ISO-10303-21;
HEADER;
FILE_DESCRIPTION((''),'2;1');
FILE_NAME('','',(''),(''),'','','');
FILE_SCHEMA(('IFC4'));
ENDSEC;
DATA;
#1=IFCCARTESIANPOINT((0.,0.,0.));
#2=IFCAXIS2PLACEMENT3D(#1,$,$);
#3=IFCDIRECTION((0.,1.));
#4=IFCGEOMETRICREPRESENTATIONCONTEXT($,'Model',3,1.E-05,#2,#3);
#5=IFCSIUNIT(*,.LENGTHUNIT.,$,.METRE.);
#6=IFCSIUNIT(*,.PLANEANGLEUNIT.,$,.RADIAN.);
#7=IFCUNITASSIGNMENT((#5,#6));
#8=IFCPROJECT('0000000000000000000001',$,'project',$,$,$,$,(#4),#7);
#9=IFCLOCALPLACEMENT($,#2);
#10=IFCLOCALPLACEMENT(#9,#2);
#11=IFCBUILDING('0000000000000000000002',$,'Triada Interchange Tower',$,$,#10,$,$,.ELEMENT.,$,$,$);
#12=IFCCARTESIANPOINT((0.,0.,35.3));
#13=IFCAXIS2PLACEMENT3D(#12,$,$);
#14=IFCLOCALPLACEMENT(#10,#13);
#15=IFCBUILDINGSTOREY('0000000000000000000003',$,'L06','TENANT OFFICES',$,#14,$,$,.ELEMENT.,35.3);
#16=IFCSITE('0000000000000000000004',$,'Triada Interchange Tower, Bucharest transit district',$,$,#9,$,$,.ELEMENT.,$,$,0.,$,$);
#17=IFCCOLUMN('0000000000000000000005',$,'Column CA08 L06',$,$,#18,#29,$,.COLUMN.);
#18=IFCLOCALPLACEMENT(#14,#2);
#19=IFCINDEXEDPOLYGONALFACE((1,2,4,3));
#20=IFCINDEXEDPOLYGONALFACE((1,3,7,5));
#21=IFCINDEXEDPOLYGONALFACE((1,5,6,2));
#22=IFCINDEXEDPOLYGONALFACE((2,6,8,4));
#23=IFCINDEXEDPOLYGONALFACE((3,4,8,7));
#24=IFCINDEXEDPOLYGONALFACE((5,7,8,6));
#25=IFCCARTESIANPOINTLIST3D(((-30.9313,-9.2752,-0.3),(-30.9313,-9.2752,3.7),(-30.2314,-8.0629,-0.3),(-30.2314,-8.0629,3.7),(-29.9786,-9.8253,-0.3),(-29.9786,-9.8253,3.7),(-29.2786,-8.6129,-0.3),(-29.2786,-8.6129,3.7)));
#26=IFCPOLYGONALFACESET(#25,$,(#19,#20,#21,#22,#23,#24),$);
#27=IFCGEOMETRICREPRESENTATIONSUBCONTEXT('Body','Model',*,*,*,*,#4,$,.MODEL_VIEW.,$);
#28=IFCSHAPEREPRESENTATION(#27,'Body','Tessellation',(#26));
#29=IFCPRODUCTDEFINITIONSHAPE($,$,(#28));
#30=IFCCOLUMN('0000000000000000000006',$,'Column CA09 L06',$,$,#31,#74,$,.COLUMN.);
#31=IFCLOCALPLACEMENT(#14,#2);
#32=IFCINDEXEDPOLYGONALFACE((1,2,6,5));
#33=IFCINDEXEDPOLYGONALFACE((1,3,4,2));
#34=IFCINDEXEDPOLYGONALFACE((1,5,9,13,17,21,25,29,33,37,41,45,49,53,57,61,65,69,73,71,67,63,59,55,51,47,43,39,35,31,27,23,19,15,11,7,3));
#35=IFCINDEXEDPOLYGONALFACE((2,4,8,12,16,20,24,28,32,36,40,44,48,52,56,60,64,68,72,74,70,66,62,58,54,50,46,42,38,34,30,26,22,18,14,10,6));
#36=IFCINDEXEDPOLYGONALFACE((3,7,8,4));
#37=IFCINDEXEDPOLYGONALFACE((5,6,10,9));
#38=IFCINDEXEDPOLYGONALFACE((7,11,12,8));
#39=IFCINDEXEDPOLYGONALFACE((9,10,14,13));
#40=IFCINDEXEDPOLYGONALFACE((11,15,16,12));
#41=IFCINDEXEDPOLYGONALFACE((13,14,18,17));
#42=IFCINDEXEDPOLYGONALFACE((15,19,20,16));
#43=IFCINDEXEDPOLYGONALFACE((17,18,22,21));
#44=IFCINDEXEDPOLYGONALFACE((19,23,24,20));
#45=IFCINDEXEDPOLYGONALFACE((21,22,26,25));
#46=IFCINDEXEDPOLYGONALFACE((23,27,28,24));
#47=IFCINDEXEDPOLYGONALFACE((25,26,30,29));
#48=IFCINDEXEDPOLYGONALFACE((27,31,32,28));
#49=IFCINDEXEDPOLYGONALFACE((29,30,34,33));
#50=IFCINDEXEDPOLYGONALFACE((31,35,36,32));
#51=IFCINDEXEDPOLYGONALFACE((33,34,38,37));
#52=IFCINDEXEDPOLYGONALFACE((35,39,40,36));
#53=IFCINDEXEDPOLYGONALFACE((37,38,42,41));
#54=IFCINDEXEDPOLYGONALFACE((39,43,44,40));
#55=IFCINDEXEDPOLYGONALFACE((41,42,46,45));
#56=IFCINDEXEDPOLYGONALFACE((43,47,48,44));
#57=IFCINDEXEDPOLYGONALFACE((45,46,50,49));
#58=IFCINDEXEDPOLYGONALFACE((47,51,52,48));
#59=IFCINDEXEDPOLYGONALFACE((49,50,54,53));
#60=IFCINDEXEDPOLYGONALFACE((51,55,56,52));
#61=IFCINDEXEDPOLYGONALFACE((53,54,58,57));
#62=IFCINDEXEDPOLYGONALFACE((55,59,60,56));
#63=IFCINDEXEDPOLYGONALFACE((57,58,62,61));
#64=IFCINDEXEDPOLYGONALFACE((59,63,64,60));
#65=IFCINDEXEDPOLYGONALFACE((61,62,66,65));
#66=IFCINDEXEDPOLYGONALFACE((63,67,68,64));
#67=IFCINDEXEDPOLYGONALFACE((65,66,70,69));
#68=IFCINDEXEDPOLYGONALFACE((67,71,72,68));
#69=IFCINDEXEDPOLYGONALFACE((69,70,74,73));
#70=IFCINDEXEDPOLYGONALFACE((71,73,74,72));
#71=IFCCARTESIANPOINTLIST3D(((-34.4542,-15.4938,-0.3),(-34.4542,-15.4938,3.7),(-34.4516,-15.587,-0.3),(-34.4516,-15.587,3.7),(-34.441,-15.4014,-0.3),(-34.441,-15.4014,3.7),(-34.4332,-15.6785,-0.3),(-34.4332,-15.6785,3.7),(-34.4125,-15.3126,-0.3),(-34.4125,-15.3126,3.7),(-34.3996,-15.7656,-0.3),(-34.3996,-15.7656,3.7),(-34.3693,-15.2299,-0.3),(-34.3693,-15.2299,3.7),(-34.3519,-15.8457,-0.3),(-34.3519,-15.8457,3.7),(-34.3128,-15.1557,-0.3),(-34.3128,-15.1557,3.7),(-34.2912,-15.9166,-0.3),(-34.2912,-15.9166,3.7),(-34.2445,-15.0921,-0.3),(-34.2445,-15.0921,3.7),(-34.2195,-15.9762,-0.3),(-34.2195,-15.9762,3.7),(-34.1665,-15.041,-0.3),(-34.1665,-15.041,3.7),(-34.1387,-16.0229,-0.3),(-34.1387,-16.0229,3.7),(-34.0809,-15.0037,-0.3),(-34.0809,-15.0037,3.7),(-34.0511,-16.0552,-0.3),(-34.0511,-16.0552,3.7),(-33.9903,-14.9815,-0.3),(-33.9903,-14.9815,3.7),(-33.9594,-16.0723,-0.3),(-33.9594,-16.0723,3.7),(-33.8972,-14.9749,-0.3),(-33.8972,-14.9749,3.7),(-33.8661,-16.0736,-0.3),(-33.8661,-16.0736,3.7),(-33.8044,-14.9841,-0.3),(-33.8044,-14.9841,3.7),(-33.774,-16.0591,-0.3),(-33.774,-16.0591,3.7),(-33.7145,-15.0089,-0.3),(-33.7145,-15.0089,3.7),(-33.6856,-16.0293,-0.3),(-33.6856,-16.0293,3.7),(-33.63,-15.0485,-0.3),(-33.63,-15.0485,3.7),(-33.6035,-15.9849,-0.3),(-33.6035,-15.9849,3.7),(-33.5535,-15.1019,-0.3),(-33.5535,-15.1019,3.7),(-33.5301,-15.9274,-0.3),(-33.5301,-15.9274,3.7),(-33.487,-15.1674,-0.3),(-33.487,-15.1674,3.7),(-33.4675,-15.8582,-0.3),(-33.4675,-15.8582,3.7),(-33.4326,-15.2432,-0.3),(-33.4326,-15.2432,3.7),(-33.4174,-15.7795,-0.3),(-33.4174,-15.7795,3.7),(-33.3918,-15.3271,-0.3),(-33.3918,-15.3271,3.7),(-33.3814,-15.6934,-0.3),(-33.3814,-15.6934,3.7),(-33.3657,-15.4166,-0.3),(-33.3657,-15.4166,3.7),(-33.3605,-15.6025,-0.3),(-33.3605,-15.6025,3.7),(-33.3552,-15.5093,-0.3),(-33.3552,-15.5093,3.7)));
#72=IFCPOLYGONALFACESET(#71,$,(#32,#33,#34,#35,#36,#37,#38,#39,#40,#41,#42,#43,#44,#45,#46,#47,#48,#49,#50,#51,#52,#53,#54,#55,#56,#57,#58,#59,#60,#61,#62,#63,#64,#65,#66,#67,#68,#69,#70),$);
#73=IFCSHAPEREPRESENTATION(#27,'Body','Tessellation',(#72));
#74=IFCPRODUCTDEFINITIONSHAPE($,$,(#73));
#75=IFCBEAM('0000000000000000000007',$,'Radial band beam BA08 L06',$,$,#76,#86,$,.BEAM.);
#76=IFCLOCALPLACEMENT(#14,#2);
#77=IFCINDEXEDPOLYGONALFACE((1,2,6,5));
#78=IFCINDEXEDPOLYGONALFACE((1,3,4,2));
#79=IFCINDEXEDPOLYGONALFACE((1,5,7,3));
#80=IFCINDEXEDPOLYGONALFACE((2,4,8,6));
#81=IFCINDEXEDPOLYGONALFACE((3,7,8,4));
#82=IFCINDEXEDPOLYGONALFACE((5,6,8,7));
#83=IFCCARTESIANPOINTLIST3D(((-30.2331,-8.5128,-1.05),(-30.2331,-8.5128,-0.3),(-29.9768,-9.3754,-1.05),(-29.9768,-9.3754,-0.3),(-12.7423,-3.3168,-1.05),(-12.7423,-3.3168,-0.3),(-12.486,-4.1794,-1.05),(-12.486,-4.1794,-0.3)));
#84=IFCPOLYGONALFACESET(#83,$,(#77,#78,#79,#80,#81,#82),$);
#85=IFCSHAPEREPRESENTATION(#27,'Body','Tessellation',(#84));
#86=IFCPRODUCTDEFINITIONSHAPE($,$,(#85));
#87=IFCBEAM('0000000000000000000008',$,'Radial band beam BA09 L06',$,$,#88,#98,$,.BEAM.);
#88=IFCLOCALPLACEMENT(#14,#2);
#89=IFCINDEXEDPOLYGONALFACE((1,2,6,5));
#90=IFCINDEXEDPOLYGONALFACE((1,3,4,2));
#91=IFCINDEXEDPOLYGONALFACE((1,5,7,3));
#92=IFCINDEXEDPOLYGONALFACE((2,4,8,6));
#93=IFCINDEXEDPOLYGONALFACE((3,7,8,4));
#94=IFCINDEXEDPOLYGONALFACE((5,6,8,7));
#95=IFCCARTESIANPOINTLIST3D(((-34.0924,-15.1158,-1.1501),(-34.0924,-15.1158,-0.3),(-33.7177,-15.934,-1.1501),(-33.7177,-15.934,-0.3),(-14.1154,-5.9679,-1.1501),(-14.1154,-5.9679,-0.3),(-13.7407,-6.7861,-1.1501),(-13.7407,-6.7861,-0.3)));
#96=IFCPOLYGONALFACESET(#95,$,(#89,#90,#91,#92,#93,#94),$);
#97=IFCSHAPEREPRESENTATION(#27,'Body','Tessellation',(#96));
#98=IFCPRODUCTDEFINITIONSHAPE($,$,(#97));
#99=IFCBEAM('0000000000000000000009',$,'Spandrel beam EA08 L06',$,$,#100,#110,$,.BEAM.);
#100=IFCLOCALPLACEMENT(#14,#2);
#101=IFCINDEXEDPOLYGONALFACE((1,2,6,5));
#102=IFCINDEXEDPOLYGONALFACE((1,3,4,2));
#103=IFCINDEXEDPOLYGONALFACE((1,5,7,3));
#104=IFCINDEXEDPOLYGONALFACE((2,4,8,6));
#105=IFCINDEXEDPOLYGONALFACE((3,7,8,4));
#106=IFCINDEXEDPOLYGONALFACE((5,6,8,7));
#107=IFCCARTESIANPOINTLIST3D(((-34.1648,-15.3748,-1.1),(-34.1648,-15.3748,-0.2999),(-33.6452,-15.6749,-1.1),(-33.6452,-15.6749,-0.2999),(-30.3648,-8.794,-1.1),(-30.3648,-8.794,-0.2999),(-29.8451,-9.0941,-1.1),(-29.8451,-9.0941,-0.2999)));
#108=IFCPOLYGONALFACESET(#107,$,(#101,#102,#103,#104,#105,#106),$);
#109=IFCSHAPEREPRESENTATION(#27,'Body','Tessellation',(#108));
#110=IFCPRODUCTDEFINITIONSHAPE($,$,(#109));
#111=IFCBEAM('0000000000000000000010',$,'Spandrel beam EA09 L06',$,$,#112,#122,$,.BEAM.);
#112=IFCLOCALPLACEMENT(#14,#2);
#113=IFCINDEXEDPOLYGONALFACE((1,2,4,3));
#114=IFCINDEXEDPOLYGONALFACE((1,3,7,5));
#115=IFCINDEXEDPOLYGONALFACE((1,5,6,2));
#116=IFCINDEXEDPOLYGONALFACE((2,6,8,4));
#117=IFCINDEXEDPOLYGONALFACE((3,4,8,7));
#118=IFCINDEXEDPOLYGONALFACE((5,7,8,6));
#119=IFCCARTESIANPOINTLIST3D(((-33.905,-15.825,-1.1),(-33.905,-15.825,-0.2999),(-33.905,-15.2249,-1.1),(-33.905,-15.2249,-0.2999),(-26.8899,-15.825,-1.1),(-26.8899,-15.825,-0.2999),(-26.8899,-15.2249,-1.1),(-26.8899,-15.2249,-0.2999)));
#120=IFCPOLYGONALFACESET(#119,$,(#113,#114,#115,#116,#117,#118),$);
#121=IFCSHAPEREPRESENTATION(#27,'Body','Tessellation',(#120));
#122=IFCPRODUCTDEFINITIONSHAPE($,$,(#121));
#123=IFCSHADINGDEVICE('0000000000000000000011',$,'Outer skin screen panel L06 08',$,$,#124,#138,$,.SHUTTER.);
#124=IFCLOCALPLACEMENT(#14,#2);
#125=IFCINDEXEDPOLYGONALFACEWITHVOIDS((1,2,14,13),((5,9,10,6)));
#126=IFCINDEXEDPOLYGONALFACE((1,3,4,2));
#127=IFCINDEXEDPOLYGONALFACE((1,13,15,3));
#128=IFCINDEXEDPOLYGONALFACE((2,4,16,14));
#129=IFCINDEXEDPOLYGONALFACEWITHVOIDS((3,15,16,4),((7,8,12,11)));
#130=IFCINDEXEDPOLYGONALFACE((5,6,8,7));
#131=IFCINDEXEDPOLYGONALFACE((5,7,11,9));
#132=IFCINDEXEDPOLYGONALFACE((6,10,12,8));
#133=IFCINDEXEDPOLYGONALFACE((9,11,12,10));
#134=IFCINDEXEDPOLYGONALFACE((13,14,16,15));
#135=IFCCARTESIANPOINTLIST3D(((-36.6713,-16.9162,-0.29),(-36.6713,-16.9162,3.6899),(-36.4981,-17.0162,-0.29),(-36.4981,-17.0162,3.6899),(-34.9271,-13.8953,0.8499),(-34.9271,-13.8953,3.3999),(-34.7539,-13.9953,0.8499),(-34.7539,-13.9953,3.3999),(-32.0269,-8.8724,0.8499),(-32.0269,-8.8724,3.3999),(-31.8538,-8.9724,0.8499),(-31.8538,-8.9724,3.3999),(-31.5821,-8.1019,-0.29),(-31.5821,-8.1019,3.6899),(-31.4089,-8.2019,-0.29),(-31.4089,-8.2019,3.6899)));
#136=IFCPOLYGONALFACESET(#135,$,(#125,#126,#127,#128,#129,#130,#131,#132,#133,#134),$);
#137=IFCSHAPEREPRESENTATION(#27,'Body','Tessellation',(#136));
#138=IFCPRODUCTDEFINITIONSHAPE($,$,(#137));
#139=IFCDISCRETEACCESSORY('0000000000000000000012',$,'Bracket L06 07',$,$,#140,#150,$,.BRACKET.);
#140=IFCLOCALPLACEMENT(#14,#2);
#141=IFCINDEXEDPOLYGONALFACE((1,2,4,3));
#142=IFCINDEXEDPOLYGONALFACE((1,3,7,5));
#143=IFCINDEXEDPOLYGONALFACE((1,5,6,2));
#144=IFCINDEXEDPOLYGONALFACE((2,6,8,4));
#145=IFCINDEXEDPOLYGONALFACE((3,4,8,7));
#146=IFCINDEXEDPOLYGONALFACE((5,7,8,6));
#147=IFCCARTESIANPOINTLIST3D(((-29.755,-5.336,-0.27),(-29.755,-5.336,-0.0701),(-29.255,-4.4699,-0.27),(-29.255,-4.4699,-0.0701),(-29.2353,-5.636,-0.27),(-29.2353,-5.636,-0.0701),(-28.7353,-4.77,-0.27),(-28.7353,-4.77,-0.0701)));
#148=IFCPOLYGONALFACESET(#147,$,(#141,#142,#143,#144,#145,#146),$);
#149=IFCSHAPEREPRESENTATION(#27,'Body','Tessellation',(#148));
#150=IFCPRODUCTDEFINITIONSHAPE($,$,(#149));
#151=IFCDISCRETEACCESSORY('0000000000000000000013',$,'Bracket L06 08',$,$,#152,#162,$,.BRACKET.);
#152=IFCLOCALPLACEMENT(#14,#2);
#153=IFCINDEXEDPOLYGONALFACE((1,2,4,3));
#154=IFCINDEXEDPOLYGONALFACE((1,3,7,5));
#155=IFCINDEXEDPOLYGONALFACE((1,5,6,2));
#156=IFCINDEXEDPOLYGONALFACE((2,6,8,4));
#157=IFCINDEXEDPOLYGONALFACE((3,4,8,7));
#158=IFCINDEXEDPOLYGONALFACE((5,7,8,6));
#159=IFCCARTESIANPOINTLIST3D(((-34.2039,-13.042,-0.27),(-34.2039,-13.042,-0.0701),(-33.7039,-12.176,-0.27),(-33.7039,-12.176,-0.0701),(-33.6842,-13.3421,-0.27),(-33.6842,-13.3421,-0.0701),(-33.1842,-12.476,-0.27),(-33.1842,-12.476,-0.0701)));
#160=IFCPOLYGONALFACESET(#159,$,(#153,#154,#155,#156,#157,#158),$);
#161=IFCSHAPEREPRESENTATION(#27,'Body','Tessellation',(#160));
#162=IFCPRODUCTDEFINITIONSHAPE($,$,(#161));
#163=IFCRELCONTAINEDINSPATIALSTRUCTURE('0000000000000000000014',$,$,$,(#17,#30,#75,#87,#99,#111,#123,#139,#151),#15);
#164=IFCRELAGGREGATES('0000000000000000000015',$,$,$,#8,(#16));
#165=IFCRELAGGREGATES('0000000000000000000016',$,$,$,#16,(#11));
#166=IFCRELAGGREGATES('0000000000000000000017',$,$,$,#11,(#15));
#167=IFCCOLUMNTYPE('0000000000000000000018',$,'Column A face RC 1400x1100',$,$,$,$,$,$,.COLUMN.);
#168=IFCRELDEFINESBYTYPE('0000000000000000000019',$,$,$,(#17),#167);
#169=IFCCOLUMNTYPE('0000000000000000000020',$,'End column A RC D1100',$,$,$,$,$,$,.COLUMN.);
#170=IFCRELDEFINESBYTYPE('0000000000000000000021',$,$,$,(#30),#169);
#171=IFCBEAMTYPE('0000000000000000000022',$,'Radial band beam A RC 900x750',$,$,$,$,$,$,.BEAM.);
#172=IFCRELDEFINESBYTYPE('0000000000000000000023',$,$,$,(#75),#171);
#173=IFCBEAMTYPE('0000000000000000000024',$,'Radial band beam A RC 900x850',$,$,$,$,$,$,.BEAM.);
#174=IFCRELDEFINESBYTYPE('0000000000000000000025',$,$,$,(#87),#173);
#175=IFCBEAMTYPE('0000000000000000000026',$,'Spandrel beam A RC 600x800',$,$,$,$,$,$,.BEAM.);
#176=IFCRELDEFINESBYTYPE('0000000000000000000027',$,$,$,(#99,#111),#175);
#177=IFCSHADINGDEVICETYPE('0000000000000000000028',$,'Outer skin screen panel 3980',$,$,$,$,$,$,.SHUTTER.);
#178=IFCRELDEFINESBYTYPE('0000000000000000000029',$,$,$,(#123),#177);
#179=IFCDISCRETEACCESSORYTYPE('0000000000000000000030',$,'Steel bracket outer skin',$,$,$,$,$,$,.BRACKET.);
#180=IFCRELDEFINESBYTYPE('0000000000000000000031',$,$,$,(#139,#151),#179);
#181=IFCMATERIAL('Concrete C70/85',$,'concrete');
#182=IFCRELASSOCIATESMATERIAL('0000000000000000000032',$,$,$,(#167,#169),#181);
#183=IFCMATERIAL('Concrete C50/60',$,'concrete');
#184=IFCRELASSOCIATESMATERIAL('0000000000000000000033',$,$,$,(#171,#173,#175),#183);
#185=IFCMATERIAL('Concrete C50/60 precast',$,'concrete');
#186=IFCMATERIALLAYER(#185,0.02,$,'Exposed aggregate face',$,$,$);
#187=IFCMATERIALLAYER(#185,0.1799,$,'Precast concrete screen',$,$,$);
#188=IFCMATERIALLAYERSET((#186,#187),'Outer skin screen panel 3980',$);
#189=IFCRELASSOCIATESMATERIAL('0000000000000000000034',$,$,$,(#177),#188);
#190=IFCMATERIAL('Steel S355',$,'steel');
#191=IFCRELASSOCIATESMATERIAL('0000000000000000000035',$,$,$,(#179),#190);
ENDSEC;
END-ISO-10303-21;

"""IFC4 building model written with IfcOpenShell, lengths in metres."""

from ifc_helpers import new_model, si_unit, direction, frame, origin, origin_2d, place, context, subcontext, project, spatial, polyline, rectangle, circle, outline, extrude, material, layer, layer_set, material_profile, profile_set, type_object, element, save


model = new_model("IFC4")

# Units and contexts
model_context = context("Model", 3, precision=1e-05, world=origin(), true_north=direction((0.0, 1.0)))
body_context = subcontext(model_context, "Body", "Model", "MODEL_VIEW")
ifc_project = project(units=[si_unit("LENGTHUNIT", "METRE"), si_unit("PLANEANGLEUNIT", "RADIAN")], contexts=[model_context])

# Site, building, storey
site_placement = place(None, origin())
site = spatial("IfcSite", under=ifc_project, at=site_placement, Name="Triada Interchange Tower, Bucharest transit district", CompositionType="ELEMENT", RefElevation=0.0)
building_placement = place(site_placement, origin())
building = spatial("IfcBuilding", under=site, at=building_placement, Name="Triada Interchange Tower", CompositionType="ELEMENT")
storey_placement = place(building_placement, frame((0.0, 0.0, 35.3)))
storey = spatial("IfcBuildingStorey", under=building, at=storey_placement, Name="L06", Description="TENANT OFFICES", CompositionType="ELEMENT", Elevation=35.3)

# Columns
ifc_material_1 = material(Name="Concrete C70/85", Category="concrete")
ifc_material_profile_1 = material_profile(ifc_material_1, rectangle(XDim=1.3999, YDim=1.1001, at=origin_2d()), Name="RC 1400x1100")
ifc_profile_set_1 = profile_set([ifc_material_profile_1], Name="Concrete C70/85")
column_type_1 = type_object("IfcColumnType", Name="Column A face RC 1400x1100", PredefinedType="COLUMN", material=ifc_profile_set_1)
column_1_placement = place(storey_placement, frame((-30.105, -8.9441, -0.3), z_axis=(0.0, 0.0, 1.0), x_axis=(0.5, 0.866025, 0.0)))
element("IfcColumn", 1, at=column_1_placement, inside=storey, type_object=column_type_1, Name="Column CA08 L06", PredefinedType="COLUMN", context=body_context, shape_type="SweptSolid", body=[
    extrude(rectangle(XDim=1.3999, YDim=1.1001, at=origin_2d()), origin(), (0.0, 0.0, 1.0), 4.0),
])
ifc_material_profile_2 = material_profile(ifc_material_1, circle(Radius=0.55, at=origin_2d()), Name="RC D1100")
ifc_profile_set_2 = profile_set([ifc_material_profile_2], Name="Concrete C70/85")
column_type_2 = type_object("IfcColumnType", Name="End column A RC D1100", PredefinedType="COLUMN", material=ifc_profile_set_2)
column_2_placement = place(storey_placement, frame((-33.905, -15.5249, -0.3), z_axis=(0.0, 0.0, 1.0), x_axis=(0.5, 0.866025, 0.0)))
element("IfcColumn", 2, at=column_2_placement, inside=storey, type_object=column_type_2, Name="Column CA09 L06", PredefinedType="COLUMN", context=body_context, shape_type="SweptSolid", body=[
    extrude(circle(Radius=0.55, at=origin_2d()), origin(), (0.0, 0.0, 1.0), 4.0),
])

# Beams
ifc_material_2 = material(Name="Concrete C50/60", Category="concrete")
ifc_material_profile_3 = material_profile(ifc_material_2, rectangle(XDim=0.8999, YDim=0.75, at=origin_2d()), Name="RC 900x750")
ifc_profile_set_3 = profile_set([ifc_material_profile_3], Name="Concrete C50/60")
beam_type_1 = type_object("IfcBeamType", Name="Radial band beam A RC 900x750", PredefinedType="BEAM", material=ifc_profile_set_3)
beam_1_placement = place(storey_placement, frame((-30.105, -8.9441, -0.675), z_axis=(0.958596, 0.28477, 0.0), x_axis=(-0.28477, 0.958596, 0.0)))
element("IfcBeam", 3, at=beam_1_placement, inside=storey, type_object=beam_type_1, Name="Radial band beam BA08 L06", PredefinedType="BEAM", context=body_context, shape_type="SweptSolid", body=[
    extrude(rectangle(XDim=0.8999, YDim=0.75, at=origin_2d()), origin(), (0.0, 0.0, 1.0), 18.2463),
])
ifc_material_profile_4 = material_profile(ifc_material_2, rectangle(XDim=0.8999, YDim=0.8501, at=origin_2d()), Name="RC 900x850")
ifc_profile_set_4 = profile_set([ifc_material_profile_4], Name="Concrete C50/60")
beam_type_2 = type_object("IfcBeamType", Name="Radial band beam A RC 900x850", PredefinedType="BEAM", material=ifc_profile_set_4)
beam_2_placement = place(storey_placement, frame((-33.905, -15.5249, -0.7251), z_axis=(0.909206, 0.416346, 0.0), x_axis=(-0.416346, 0.909206, 0.0)))
element("IfcBeam", 4, at=beam_2_placement, inside=storey, type_object=beam_type_2, Name="Radial band beam BA09 L06", PredefinedType="BEAM", context=body_context, shape_type="SweptSolid", body=[
    extrude(rectangle(XDim=0.8999, YDim=0.8501, at=origin_2d()), origin(), (0.0, 0.0, 1.0), 21.9719),
])
ifc_material_profile_5 = material_profile(ifc_material_2, rectangle(XDim=0.6001, YDim=0.8, at=origin_2d()), Name="RC 600x800")
ifc_profile_set_5 = profile_set([ifc_material_profile_5], Name="Concrete C50/60")
beam_type_3 = type_object("IfcBeamType", Name="Spandrel beam A RC 600x800", PredefinedType="BEAM", material=ifc_profile_set_5)
beam_3_placement = place(storey_placement, frame((-30.105, -8.9441, -0.7), z_axis=(-0.500061, -0.86599, 0.0), x_axis=(0.86599, -0.500061, 0.0)))
element("IfcBeam", 5, at=beam_3_placement, inside=storey, type_object=beam_type_3, Name="Spandrel beam EA08 L06", PredefinedType="BEAM", context=body_context, shape_type="SweptSolid", body=[
    extrude(rectangle(XDim=0.6001, YDim=0.8, at=origin_2d()), origin(), (0.0, 0.0, 1.0), 7.5991),
])
beam_4_placement = place(storey_placement, frame((-33.905, -15.5249, -0.7), z_axis=(1.0, 0.0, 0.0), x_axis=(0.0, 1.0, 0.0)))
element("IfcBeam", 6, at=beam_4_placement, inside=storey, type_object=beam_type_3, Name="Spandrel beam EA09 L06", PredefinedType="BEAM", context=body_context, shape_type="SweptSolid", body=[
    extrude(rectangle(XDim=0.6001, YDim=0.8, at=origin_2d()), origin(), (0.0, 0.0, 1.0), 7.0151),
])

# Shading device
ifc_material_3 = material(Name="Concrete C50/60 precast", Category="concrete")
ifc_layer_1 = layer(ifc_material_3, 0.02, Name="Exposed aggregate face")
ifc_layer_2 = layer(ifc_material_3, 0.1799, Name="Precast concrete screen")
ifc_layer_set = layer_set([ifc_layer_1, ifc_layer_2], Name="Outer skin screen panel 3980")
shading_device_type = type_object("IfcShadingDeviceType", Name="Outer skin screen panel 3980", PredefinedType="SHUTTER", material=ifc_layer_set)
shading_device_placement = place(storey_placement, frame((-31.4089, -8.2019, -0.29), z_axis=(0.0, 0.0, 1.0), x_axis=(-0.500017, -0.866016, 0.0)))
element("IfcShadingDevice", 7, at=shading_device_placement, inside=storey, type_object=shading_device_type, Name="Outer skin screen panel L06 08", PredefinedType="SHUTTER", context=body_context, shape_type="SweptSolid", body=[
    extrude(outline(polyline([(0.0, 0.0), (10.178, 0.0), (10.178, 3.98), (0.0, 3.98), (0.0, 0.0)]), holes=[polyline([(0.8896, 1.1399), (0.8896, 3.6899), (6.6897, 3.6899), (6.6897, 1.1399), (0.8896, 1.1399)])]), frame((0.0, 0.0, 0.0), z_axis=(0.0, -1.0, 0.0), x_axis=(1.0, 0.0, 0.0)), (0.0, 0.0, 1.0), 0.2),
])

# Discrete accessories
ifc_material_4 = material(Name="Steel S355", Category="steel")
discrete_accessory_type = type_object("IfcDiscreteAccessoryType", Name="Steel bracket outer skin", PredefinedType="BRACKET", material=ifc_material_4)
for number, where, z_axis, x_axis, name in (
    (8, (-29.2451, -5.053, -0.27), (0.0, 0.0, 1.0), (-0.866021, 0.500008, 0.0), "Bracket L06 07"),
    (9, (-33.6941, -12.759, -0.27), (0.0, 0.0, 1.0), (-0.866021, 0.500008, 0.0), "Bracket L06 08"),
):
    element("IfcDiscreteAccessory", number, at=place(storey_placement, frame(where, z_axis=z_axis, x_axis=x_axis)), inside=storey, type_object=discrete_accessory_type, Name=name, PredefinedType="BRACKET", context=body_context, shape_type="SweptSolid", body=[
        extrude(rectangle(XDim=0.6001, YDim=1.0, at=origin_2d()), origin(), (0.0, 0.0, 1.0), 0.2),
    ])

save(model, "model.ifc")
